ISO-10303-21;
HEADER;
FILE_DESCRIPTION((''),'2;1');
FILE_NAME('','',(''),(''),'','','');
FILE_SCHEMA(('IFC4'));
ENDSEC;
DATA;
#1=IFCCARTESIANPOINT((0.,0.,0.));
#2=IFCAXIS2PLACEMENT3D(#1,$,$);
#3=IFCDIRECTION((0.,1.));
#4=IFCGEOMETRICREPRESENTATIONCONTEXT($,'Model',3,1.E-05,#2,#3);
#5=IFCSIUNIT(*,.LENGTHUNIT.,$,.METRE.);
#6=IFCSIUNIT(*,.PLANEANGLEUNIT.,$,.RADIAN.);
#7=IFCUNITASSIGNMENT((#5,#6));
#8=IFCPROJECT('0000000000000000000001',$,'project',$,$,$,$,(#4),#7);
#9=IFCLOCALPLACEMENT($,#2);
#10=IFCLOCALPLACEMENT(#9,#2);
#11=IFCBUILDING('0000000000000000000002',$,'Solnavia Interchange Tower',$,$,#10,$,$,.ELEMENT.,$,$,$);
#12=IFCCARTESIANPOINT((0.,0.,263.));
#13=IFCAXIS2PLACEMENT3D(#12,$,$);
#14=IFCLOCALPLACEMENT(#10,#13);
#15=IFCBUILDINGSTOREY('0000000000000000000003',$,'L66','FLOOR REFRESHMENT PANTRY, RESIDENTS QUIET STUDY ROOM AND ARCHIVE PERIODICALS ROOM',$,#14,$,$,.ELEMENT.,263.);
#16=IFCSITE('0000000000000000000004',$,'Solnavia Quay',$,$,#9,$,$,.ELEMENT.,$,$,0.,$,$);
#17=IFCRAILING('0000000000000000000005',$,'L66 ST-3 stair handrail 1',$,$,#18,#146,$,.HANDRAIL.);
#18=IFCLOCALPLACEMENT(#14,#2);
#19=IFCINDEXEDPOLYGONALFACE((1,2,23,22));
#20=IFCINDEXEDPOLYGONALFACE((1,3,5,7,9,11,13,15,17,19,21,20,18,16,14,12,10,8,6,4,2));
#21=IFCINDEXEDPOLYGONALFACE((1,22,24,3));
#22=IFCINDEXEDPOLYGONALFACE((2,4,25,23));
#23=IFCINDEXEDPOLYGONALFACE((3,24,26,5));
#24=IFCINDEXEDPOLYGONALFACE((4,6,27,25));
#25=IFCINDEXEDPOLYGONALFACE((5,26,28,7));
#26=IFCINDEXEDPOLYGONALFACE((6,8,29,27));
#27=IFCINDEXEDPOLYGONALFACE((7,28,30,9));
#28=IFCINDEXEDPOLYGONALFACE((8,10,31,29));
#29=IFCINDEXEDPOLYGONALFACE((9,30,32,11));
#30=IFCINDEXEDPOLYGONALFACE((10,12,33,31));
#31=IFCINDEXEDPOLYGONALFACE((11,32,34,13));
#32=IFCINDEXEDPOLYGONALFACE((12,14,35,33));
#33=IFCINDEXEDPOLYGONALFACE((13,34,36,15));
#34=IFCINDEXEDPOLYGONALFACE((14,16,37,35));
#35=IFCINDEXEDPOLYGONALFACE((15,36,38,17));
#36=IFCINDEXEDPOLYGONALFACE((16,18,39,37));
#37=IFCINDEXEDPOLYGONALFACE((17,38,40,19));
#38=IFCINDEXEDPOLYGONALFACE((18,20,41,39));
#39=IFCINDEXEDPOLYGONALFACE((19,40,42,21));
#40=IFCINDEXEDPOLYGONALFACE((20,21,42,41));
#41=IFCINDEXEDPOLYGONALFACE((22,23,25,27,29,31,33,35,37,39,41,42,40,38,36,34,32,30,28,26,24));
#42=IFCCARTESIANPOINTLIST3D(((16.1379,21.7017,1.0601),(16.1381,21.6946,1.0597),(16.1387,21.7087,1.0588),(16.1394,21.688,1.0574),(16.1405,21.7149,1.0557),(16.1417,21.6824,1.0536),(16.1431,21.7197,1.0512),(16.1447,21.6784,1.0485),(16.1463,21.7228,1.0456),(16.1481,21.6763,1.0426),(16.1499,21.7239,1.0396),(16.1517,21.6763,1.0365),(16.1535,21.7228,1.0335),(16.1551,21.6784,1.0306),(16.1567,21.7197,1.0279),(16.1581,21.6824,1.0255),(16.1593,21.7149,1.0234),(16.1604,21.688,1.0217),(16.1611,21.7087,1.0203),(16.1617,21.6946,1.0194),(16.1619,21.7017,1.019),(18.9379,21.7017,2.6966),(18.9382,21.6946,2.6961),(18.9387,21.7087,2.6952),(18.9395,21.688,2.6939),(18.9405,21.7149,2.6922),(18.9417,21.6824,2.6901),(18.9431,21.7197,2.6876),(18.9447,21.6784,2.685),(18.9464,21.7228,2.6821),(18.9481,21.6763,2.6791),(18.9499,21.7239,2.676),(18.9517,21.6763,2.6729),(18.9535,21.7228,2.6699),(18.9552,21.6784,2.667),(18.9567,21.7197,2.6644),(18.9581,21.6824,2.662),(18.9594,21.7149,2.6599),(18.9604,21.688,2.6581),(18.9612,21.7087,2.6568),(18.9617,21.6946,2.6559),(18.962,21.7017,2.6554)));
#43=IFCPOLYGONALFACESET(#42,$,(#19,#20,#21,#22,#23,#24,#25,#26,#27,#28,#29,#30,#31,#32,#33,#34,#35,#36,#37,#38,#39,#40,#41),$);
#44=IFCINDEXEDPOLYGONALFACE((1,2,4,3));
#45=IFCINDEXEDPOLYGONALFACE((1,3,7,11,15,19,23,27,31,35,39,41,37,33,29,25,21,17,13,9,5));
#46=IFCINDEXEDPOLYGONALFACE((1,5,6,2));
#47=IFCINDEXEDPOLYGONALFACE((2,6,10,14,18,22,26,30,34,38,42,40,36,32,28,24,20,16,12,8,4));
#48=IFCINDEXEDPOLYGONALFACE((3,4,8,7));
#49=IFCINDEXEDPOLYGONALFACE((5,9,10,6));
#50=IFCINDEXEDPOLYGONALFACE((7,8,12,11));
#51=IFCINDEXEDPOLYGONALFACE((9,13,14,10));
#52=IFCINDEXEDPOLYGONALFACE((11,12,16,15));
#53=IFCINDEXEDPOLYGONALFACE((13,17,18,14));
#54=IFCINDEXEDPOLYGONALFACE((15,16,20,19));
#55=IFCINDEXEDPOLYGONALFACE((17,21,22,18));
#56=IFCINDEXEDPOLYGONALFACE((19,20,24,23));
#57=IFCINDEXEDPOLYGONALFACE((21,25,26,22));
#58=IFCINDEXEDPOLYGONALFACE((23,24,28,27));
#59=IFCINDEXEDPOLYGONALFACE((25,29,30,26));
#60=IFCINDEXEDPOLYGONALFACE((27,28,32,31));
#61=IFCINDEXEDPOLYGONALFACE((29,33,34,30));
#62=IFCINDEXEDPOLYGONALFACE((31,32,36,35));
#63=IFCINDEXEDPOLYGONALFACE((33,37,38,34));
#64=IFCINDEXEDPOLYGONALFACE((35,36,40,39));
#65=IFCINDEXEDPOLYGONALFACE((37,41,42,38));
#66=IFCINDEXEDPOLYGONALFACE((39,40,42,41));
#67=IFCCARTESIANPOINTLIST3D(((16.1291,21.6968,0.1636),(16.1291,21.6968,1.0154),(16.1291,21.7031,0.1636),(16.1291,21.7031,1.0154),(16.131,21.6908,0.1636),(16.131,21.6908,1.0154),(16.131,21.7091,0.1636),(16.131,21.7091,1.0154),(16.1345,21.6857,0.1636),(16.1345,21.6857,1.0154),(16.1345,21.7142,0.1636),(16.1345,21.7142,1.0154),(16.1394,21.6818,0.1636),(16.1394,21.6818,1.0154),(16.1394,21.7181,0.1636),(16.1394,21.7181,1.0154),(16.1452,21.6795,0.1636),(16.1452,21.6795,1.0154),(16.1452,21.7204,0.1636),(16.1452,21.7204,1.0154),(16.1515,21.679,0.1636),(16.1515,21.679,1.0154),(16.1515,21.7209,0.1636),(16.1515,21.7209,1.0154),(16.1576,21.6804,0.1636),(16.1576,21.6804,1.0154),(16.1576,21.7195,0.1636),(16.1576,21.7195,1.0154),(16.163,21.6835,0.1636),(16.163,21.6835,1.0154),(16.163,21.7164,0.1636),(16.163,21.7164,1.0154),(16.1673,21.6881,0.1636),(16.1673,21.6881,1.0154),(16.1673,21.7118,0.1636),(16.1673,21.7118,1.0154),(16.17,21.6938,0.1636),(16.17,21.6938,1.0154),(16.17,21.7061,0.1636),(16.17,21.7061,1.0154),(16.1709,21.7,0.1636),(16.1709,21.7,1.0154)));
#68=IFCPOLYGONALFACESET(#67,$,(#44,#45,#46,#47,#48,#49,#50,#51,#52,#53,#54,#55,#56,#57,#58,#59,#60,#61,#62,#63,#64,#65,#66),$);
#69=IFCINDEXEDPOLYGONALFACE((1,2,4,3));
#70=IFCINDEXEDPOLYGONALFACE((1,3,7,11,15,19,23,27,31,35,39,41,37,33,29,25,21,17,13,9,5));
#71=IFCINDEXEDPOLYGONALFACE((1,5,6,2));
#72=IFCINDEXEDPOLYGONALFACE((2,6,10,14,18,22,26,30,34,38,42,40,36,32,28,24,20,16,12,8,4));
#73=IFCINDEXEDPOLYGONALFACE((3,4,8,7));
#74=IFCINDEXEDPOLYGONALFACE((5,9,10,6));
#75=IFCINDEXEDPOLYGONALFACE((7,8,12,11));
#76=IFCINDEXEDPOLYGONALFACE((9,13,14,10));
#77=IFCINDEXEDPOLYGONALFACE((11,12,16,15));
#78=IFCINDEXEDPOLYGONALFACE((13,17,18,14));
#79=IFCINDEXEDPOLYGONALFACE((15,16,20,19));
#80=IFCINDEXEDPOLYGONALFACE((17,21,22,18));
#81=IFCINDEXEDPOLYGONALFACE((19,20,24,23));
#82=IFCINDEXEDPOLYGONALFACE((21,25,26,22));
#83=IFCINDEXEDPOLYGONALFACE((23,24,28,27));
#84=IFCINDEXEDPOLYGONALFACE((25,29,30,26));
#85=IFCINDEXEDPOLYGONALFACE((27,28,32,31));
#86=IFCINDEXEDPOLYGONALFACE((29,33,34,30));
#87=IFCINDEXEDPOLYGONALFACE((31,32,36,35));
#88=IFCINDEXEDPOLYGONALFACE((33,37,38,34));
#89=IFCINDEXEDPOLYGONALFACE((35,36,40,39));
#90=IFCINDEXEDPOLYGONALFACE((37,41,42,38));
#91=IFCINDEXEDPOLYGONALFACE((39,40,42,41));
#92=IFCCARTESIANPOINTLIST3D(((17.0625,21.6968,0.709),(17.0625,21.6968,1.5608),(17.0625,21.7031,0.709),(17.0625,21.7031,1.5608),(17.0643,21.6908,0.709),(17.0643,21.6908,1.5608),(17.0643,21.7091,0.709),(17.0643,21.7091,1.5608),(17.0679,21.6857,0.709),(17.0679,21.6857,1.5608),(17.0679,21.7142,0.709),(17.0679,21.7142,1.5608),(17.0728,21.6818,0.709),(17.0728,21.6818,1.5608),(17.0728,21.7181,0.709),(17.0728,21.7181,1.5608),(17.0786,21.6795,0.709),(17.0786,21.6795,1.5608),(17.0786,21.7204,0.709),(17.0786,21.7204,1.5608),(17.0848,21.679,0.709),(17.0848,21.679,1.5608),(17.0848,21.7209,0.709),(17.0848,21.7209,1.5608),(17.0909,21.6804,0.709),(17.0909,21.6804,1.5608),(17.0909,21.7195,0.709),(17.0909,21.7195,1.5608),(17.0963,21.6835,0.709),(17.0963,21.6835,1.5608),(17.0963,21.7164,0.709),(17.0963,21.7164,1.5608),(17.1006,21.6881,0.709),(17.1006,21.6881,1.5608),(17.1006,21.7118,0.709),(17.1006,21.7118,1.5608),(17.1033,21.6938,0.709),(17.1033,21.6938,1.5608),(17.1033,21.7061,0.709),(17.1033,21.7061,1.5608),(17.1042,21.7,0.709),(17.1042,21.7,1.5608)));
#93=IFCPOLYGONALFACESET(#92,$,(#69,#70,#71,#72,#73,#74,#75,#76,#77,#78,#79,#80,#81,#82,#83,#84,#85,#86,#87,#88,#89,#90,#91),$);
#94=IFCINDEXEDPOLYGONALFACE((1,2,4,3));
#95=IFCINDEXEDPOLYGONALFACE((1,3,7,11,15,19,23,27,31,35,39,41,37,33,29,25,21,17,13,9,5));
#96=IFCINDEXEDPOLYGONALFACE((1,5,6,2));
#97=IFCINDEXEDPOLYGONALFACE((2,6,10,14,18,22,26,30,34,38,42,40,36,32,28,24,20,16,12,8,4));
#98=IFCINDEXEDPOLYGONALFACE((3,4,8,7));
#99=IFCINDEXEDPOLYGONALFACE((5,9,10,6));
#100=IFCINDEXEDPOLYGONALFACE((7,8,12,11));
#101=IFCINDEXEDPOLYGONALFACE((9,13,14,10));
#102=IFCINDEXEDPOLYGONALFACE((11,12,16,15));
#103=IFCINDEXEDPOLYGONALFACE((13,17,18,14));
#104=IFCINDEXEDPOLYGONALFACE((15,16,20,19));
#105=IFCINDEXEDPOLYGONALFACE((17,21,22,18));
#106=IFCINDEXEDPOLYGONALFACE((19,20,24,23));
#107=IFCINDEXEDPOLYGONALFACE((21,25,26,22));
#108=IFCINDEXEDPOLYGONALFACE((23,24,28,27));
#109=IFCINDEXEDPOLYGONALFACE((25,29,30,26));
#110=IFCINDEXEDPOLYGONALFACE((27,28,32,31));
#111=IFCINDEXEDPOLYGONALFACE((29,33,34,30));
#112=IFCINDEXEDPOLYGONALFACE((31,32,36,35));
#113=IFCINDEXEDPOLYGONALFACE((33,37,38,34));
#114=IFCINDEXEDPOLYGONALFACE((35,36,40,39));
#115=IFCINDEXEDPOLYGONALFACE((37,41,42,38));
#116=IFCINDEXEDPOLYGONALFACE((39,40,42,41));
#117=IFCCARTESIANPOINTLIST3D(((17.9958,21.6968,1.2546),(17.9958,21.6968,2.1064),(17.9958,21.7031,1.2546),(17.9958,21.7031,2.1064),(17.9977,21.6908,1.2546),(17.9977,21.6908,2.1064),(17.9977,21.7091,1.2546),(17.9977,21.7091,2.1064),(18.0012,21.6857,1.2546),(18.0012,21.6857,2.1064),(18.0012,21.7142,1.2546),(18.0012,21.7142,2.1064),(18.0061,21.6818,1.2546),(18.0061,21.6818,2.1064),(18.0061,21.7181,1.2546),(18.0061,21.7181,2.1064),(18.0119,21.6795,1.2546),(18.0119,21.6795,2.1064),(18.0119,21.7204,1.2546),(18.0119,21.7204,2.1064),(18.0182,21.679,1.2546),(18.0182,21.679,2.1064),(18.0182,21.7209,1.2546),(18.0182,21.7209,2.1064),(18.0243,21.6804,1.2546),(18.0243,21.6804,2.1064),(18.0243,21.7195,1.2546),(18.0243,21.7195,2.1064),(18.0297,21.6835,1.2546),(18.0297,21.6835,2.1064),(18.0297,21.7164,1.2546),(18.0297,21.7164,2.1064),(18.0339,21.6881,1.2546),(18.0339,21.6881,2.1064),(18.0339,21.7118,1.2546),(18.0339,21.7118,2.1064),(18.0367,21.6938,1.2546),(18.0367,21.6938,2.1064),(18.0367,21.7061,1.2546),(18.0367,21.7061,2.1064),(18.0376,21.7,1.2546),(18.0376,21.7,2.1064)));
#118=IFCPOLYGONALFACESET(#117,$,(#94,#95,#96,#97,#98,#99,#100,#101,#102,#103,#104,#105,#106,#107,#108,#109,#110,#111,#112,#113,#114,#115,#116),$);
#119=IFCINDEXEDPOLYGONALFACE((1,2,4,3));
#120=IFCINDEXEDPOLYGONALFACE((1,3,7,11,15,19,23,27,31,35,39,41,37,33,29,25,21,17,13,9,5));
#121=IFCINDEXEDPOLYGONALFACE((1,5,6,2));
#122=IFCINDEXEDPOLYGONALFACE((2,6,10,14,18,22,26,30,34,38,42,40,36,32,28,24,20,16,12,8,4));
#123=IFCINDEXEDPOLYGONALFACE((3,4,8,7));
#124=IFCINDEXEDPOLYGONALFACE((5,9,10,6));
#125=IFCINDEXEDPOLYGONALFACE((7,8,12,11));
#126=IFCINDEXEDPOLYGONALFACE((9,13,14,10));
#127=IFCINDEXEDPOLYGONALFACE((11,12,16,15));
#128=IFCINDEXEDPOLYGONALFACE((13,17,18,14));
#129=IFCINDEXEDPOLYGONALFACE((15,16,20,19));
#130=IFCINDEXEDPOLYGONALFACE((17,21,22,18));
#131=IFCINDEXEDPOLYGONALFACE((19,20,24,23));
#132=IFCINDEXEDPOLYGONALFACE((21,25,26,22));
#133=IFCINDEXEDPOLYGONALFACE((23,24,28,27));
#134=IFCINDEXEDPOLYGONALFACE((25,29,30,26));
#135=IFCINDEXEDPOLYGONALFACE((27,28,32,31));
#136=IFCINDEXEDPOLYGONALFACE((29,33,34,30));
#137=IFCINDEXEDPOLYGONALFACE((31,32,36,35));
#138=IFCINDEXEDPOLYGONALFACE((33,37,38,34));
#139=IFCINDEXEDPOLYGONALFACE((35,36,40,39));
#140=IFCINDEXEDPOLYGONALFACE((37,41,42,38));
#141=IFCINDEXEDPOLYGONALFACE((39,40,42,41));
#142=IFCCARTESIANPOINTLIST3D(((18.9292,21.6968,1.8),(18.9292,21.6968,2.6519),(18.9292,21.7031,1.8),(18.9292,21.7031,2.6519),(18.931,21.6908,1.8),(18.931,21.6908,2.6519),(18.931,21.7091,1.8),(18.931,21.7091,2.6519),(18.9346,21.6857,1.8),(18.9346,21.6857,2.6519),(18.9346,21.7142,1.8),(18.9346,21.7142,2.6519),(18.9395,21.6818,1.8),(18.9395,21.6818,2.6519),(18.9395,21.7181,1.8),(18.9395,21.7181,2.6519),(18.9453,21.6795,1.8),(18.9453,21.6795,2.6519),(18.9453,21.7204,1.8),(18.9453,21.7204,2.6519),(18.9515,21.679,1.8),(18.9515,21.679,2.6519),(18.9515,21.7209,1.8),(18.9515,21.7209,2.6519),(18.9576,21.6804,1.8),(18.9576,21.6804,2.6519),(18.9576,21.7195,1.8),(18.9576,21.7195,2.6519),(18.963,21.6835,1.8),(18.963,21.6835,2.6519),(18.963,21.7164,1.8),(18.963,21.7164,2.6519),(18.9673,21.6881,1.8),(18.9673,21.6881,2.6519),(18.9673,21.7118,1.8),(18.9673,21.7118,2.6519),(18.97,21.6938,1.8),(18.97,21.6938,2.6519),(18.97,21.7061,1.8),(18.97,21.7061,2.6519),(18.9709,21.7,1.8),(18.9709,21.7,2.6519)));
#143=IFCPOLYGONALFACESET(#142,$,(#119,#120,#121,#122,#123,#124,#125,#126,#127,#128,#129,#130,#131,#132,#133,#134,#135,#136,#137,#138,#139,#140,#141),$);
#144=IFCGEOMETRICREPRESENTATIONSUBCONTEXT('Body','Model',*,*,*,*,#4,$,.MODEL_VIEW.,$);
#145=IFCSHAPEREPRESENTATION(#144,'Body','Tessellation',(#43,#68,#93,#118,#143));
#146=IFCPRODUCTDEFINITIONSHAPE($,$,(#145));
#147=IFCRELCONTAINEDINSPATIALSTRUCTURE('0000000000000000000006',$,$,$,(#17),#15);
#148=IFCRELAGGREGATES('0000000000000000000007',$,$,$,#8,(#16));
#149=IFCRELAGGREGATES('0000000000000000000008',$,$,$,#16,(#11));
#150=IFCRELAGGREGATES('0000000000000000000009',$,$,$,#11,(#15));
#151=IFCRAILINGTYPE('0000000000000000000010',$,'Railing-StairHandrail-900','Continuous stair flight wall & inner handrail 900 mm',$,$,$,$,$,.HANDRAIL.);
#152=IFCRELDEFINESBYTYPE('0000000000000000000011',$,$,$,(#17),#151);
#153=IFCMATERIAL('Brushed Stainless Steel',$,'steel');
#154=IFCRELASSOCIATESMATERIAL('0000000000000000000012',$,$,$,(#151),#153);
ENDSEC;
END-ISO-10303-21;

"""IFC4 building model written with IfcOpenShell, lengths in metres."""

from ifc_helpers import new_model, si_unit, direction, frame, origin, origin_2d, place, context, subcontext, project, spatial, circle, extrude, material, type_object, element, save


model = new_model("IFC4")

# Units and contexts
model_context = context("Model", 3, precision=1e-05, world=origin(), true_north=direction((0.0, 1.0)))
body_context = subcontext(model_context, "Body", "Model", "MODEL_VIEW")
ifc_project = project(units=[si_unit("LENGTHUNIT", "METRE"), si_unit("PLANEANGLEUNIT", "RADIAN")], contexts=[model_context])

# Site, building, storey
site_placement = place(None, origin())
site = spatial("IfcSite", under=ifc_project, at=site_placement, Name="Solnavia Quay", CompositionType="ELEMENT", RefElevation=0.0)
building_placement = place(site_placement, origin())
building = spatial("IfcBuilding", under=site, at=building_placement, Name="Solnavia Interchange Tower", CompositionType="ELEMENT")
storey_placement = place(building_placement, frame((0.0, 0.0, 263.0)))
storey = spatial("IfcBuildingStorey", under=building, at=storey_placement, Name="L66", Description="FLOOR REFRESHMENT PANTRY, RESIDENTS QUIET STUDY ROOM AND ARCHIVE PERIODICALS ROOM", CompositionType="ELEMENT", Elevation=263.0)

# Railing
ifc_material_1 = material(Name="Brushed Stainless Steel", Category="steel")
railing_type_1 = type_object("IfcRailingType", Name="Railing-StairHandrail-900", Description="Continuous stair flight wall & inner handrail 900 mm", PredefinedType="HANDRAIL", material=ifc_material_1)
railing_1_placement = place(storey_placement, frame((16.1499, 21.7, 0.1636)))
element("IfcRailing", 1, at=railing_1_placement, inside=storey, type_object=railing_type_1, Name="L66 ST-3 stair handrail 1", PredefinedType="HANDRAIL", context=body_context, shape_type="SweptSolid", body=[
    extrude(circle(Radius=0.0239, at=origin_2d()), frame((0.0, 0.0, 0.876), z_axis=(0.863361, 0.0, 0.504587), x_axis=(0.0, 1.0, 0.0)), (0.0, 0.0, 1.0), 3.2432),
    extrude(circle(Radius=0.021, at=origin_2d()), origin(), (0.0, 0.0, 1.0), 0.8518),
    extrude(circle(Radius=0.021, at=origin_2d()), frame((0.9333, 0.0, 0.5454)), (0.0, 0.0, 1.0), 0.8518),
    extrude(circle(Radius=0.021, at=origin_2d()), frame((1.8667, 0.0, 1.0911)), (0.0, 0.0, 1.0), 0.8518),
    extrude(circle(Radius=0.021, at=origin_2d()), frame((2.8, 0.0, 1.6365)), (0.0, 0.0, 1.0), 0.8518),
])

save(model, "model.ifc")
